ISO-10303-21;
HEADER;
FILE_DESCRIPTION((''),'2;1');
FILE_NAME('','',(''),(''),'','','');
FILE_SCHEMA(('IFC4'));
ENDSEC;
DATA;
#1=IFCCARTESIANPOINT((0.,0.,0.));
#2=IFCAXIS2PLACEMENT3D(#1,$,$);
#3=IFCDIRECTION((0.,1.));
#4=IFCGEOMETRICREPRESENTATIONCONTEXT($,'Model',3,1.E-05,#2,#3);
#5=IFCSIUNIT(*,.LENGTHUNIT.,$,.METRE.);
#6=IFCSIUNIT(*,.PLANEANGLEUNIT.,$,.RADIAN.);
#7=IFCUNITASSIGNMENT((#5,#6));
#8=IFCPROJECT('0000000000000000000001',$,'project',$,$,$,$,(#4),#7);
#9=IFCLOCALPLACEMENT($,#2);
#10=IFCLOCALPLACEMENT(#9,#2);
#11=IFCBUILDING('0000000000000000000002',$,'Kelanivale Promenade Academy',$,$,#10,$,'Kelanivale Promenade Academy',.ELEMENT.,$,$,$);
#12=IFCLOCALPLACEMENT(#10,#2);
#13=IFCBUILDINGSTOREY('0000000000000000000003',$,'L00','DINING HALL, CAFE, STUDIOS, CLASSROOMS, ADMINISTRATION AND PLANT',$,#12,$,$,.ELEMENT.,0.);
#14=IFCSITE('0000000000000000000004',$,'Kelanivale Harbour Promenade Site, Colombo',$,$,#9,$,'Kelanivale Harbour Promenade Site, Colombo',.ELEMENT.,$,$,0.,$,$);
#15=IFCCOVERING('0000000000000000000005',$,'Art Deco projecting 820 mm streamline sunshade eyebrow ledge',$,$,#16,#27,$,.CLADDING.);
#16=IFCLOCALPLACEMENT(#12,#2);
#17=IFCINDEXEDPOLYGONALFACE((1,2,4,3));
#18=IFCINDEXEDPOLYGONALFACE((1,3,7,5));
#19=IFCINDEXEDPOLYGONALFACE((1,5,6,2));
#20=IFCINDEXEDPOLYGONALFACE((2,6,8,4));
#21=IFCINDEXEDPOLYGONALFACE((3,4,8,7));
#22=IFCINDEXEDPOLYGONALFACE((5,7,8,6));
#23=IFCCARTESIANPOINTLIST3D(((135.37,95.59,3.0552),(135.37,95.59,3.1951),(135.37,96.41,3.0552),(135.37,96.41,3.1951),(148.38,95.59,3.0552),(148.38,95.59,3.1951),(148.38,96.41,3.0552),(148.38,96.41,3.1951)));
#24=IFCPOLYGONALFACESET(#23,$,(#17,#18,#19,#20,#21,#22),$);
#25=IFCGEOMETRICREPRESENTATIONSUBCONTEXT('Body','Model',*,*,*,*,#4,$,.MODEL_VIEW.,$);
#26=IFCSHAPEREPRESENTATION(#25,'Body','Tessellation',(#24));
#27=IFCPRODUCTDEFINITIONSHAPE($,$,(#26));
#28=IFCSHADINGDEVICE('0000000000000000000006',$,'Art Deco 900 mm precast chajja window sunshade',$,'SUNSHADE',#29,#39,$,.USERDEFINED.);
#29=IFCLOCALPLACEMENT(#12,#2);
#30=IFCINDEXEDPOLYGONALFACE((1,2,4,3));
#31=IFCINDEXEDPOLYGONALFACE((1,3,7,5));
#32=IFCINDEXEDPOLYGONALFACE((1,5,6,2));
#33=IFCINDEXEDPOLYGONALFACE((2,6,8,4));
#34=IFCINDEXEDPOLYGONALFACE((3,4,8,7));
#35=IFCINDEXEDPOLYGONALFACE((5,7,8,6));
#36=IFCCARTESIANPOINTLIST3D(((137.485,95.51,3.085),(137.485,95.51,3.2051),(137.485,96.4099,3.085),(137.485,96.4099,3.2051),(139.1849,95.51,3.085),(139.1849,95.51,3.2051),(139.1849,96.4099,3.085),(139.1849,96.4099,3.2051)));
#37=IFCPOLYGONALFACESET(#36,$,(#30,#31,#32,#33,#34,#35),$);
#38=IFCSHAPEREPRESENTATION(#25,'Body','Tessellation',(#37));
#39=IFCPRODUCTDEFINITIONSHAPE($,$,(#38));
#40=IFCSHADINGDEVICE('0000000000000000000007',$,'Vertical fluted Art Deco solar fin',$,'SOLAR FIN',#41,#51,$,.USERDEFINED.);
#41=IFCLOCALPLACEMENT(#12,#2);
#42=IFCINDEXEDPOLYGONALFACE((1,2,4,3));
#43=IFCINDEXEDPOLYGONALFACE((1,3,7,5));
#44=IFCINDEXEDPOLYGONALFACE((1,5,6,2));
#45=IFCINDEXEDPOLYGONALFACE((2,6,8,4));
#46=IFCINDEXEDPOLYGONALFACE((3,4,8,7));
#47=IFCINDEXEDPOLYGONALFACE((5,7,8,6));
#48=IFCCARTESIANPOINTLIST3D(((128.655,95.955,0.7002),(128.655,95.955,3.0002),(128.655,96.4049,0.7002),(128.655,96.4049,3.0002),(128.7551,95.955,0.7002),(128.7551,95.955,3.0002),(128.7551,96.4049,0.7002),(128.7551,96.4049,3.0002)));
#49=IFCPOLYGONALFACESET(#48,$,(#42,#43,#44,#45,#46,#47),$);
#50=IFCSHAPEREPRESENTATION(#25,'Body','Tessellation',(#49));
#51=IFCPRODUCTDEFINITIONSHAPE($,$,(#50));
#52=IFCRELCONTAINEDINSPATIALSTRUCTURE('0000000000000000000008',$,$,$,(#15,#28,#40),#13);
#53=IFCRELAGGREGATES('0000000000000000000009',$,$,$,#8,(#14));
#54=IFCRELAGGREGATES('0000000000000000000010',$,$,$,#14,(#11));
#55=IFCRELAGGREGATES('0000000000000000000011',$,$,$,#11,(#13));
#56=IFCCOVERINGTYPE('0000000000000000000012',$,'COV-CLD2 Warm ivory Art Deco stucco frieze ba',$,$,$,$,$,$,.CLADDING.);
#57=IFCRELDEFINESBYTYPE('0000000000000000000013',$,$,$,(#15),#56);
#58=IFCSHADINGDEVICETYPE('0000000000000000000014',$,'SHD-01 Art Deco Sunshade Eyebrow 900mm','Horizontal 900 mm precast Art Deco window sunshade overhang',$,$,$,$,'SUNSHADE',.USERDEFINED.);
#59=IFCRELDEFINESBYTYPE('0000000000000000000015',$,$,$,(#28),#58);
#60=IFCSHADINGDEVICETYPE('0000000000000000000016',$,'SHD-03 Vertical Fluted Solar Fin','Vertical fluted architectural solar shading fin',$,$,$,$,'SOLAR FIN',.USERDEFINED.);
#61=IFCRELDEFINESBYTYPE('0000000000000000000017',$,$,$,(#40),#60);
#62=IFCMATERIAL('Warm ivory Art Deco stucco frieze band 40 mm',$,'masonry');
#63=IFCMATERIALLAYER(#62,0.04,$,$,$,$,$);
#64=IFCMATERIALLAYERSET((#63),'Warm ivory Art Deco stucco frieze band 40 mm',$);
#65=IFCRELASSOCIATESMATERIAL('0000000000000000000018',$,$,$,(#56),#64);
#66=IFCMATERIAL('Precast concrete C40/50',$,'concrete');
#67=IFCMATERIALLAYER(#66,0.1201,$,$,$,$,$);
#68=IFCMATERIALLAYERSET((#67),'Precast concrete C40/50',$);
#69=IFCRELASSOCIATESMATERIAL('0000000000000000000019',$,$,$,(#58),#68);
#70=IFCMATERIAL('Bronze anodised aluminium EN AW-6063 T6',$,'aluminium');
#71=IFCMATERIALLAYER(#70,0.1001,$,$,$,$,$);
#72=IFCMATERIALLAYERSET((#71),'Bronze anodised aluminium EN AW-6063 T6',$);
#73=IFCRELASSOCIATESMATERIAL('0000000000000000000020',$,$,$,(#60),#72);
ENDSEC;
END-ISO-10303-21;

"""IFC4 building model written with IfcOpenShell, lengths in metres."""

from ifc_helpers import new_model, si_unit, direction, frame, origin, origin_2d, place, context, subcontext, project, spatial, rectangle, extrude, material, layer, layer_set, type_object, element, save


model = new_model("IFC4")

# Units and contexts
model_context = context("Model", 3, precision=1e-05, world=origin(), true_north=direction((0.0, 1.0)))
body_context = subcontext(model_context, "Body", "Model", "MODEL_VIEW")
ifc_project = project(units=[si_unit("LENGTHUNIT", "METRE"), si_unit("PLANEANGLEUNIT", "RADIAN")], contexts=[model_context])

# Site, building, storey
site_placement = place(None, origin())
site = spatial("IfcSite", under=ifc_project, at=site_placement, Name="Kelanivale Harbour Promenade Site, Colombo", LongName="Kelanivale Harbour Promenade Site, Colombo", CompositionType="ELEMENT", RefElevation=0.0)
building_placement = place(site_placement, origin())
building = spatial("IfcBuilding", under=site, at=building_placement, Name="Kelanivale Promenade Academy", LongName="Kelanivale Promenade Academy", CompositionType="ELEMENT")
storey_placement = place(building_placement, origin())
storey = spatial("IfcBuildingStorey", under=building, at=storey_placement, Name="L00", Description="DINING HALL, CAFE, STUDIOS, CLASSROOMS, ADMINISTRATION AND PLANT", CompositionType="ELEMENT", Elevation=0.0)

# Covering
ifc_material_1 = material(Name="Warm ivory Art Deco stucco frieze band 40 mm", Category="masonry")
ifc_layer_1 = layer(ifc_material_1, 0.04)
ifc_layer_set_1 = layer_set([ifc_layer_1], Name="Warm ivory Art Deco stucco frieze band 40 mm")
covering_type = type_object("IfcCoveringType", Name="COV-CLD2 Warm ivory Art Deco stucco frieze ba", PredefinedType="CLADDING", material=ifc_layer_set_1)
covering_1_placement = place(storey_placement, frame((141.875, 96.0, 3.0552), z_axis=(0.0, 0.0, 1.0), x_axis=(1.0, 0.0, 0.0)))
element("IfcCovering", 1, at=covering_1_placement, inside=storey, type_object=covering_type, Name="Art Deco projecting 820 mm streamline sunshade eyebrow ledge", PredefinedType="CLADDING", context=body_context, shape_type="SweptSolid", body=[
    extrude(rectangle(XDim=13.01, YDim=0.8201, at=origin_2d()), origin(), (0.0, 0.0, 1.0), 0.1399),
])

# Shading devices
ifc_material_2 = material(Name="Precast concrete C40/50", Category="concrete")
ifc_layer_2 = layer(ifc_material_2, 0.1201)
ifc_layer_set_2 = layer_set([ifc_layer_2], Name="Precast concrete C40/50")
shading_device_type_1 = type_object("IfcShadingDeviceType", Name="SHD-01 Art Deco Sunshade Eyebrow 900mm", Description="Horizontal 900 mm precast Art Deco window sunshade overhang", ElementType="SUNSHADE", PredefinedType="USERDEFINED", material=ifc_layer_set_2)
shading_device_1_placement = place(storey_placement, frame((138.335, 95.96, 3.085), z_axis=(0.0, 0.0, 1.0), x_axis=(1.0, 0.0, 0.0)))
element("IfcShadingDevice", 2, at=shading_device_1_placement, inside=storey, type_object=shading_device_type_1, Name="Art Deco 900 mm precast chajja window sunshade", ObjectType="SUNSHADE", PredefinedType="USERDEFINED", context=body_context, shape_type="SweptSolid", body=[
    extrude(rectangle(XDim=1.7, YDim=0.8999, at=origin_2d()), origin(), (0.0, 0.0, 1.0), 0.1201),
])
ifc_material_3 = material(Name="Bronze anodised aluminium EN AW-6063 T6", Category="aluminium")
ifc_layer_3 = layer(ifc_material_3, 0.1001)
ifc_layer_set_3 = layer_set([ifc_layer_3], Name="Bronze anodised aluminium EN AW-6063 T6")
shading_device_type_2 = type_object("IfcShadingDeviceType", Name="SHD-03 Vertical Fluted Solar Fin", Description="Vertical fluted architectural solar shading fin", ElementType="SOLAR FIN", PredefinedType="USERDEFINED", material=ifc_layer_set_3)
shading_device_2_placement = place(storey_placement, frame((128.7051, 96.1799, 0.7002), z_axis=(0.0, 0.0, 1.0), x_axis=(1.0, 0.0, 0.0)))
element("IfcShadingDevice", 3, at=shading_device_2_placement, inside=storey, type_object=shading_device_type_2, Name="Vertical fluted Art Deco solar fin", ObjectType="SOLAR FIN", PredefinedType="USERDEFINED", context=body_context, shape_type="SweptSolid", body=[
    extrude(rectangle(XDim=0.1001, YDim=0.45, at=origin_2d()), origin(), (0.0, 0.0, 1.0), 2.3),
])

save(model, "model.ifc")
